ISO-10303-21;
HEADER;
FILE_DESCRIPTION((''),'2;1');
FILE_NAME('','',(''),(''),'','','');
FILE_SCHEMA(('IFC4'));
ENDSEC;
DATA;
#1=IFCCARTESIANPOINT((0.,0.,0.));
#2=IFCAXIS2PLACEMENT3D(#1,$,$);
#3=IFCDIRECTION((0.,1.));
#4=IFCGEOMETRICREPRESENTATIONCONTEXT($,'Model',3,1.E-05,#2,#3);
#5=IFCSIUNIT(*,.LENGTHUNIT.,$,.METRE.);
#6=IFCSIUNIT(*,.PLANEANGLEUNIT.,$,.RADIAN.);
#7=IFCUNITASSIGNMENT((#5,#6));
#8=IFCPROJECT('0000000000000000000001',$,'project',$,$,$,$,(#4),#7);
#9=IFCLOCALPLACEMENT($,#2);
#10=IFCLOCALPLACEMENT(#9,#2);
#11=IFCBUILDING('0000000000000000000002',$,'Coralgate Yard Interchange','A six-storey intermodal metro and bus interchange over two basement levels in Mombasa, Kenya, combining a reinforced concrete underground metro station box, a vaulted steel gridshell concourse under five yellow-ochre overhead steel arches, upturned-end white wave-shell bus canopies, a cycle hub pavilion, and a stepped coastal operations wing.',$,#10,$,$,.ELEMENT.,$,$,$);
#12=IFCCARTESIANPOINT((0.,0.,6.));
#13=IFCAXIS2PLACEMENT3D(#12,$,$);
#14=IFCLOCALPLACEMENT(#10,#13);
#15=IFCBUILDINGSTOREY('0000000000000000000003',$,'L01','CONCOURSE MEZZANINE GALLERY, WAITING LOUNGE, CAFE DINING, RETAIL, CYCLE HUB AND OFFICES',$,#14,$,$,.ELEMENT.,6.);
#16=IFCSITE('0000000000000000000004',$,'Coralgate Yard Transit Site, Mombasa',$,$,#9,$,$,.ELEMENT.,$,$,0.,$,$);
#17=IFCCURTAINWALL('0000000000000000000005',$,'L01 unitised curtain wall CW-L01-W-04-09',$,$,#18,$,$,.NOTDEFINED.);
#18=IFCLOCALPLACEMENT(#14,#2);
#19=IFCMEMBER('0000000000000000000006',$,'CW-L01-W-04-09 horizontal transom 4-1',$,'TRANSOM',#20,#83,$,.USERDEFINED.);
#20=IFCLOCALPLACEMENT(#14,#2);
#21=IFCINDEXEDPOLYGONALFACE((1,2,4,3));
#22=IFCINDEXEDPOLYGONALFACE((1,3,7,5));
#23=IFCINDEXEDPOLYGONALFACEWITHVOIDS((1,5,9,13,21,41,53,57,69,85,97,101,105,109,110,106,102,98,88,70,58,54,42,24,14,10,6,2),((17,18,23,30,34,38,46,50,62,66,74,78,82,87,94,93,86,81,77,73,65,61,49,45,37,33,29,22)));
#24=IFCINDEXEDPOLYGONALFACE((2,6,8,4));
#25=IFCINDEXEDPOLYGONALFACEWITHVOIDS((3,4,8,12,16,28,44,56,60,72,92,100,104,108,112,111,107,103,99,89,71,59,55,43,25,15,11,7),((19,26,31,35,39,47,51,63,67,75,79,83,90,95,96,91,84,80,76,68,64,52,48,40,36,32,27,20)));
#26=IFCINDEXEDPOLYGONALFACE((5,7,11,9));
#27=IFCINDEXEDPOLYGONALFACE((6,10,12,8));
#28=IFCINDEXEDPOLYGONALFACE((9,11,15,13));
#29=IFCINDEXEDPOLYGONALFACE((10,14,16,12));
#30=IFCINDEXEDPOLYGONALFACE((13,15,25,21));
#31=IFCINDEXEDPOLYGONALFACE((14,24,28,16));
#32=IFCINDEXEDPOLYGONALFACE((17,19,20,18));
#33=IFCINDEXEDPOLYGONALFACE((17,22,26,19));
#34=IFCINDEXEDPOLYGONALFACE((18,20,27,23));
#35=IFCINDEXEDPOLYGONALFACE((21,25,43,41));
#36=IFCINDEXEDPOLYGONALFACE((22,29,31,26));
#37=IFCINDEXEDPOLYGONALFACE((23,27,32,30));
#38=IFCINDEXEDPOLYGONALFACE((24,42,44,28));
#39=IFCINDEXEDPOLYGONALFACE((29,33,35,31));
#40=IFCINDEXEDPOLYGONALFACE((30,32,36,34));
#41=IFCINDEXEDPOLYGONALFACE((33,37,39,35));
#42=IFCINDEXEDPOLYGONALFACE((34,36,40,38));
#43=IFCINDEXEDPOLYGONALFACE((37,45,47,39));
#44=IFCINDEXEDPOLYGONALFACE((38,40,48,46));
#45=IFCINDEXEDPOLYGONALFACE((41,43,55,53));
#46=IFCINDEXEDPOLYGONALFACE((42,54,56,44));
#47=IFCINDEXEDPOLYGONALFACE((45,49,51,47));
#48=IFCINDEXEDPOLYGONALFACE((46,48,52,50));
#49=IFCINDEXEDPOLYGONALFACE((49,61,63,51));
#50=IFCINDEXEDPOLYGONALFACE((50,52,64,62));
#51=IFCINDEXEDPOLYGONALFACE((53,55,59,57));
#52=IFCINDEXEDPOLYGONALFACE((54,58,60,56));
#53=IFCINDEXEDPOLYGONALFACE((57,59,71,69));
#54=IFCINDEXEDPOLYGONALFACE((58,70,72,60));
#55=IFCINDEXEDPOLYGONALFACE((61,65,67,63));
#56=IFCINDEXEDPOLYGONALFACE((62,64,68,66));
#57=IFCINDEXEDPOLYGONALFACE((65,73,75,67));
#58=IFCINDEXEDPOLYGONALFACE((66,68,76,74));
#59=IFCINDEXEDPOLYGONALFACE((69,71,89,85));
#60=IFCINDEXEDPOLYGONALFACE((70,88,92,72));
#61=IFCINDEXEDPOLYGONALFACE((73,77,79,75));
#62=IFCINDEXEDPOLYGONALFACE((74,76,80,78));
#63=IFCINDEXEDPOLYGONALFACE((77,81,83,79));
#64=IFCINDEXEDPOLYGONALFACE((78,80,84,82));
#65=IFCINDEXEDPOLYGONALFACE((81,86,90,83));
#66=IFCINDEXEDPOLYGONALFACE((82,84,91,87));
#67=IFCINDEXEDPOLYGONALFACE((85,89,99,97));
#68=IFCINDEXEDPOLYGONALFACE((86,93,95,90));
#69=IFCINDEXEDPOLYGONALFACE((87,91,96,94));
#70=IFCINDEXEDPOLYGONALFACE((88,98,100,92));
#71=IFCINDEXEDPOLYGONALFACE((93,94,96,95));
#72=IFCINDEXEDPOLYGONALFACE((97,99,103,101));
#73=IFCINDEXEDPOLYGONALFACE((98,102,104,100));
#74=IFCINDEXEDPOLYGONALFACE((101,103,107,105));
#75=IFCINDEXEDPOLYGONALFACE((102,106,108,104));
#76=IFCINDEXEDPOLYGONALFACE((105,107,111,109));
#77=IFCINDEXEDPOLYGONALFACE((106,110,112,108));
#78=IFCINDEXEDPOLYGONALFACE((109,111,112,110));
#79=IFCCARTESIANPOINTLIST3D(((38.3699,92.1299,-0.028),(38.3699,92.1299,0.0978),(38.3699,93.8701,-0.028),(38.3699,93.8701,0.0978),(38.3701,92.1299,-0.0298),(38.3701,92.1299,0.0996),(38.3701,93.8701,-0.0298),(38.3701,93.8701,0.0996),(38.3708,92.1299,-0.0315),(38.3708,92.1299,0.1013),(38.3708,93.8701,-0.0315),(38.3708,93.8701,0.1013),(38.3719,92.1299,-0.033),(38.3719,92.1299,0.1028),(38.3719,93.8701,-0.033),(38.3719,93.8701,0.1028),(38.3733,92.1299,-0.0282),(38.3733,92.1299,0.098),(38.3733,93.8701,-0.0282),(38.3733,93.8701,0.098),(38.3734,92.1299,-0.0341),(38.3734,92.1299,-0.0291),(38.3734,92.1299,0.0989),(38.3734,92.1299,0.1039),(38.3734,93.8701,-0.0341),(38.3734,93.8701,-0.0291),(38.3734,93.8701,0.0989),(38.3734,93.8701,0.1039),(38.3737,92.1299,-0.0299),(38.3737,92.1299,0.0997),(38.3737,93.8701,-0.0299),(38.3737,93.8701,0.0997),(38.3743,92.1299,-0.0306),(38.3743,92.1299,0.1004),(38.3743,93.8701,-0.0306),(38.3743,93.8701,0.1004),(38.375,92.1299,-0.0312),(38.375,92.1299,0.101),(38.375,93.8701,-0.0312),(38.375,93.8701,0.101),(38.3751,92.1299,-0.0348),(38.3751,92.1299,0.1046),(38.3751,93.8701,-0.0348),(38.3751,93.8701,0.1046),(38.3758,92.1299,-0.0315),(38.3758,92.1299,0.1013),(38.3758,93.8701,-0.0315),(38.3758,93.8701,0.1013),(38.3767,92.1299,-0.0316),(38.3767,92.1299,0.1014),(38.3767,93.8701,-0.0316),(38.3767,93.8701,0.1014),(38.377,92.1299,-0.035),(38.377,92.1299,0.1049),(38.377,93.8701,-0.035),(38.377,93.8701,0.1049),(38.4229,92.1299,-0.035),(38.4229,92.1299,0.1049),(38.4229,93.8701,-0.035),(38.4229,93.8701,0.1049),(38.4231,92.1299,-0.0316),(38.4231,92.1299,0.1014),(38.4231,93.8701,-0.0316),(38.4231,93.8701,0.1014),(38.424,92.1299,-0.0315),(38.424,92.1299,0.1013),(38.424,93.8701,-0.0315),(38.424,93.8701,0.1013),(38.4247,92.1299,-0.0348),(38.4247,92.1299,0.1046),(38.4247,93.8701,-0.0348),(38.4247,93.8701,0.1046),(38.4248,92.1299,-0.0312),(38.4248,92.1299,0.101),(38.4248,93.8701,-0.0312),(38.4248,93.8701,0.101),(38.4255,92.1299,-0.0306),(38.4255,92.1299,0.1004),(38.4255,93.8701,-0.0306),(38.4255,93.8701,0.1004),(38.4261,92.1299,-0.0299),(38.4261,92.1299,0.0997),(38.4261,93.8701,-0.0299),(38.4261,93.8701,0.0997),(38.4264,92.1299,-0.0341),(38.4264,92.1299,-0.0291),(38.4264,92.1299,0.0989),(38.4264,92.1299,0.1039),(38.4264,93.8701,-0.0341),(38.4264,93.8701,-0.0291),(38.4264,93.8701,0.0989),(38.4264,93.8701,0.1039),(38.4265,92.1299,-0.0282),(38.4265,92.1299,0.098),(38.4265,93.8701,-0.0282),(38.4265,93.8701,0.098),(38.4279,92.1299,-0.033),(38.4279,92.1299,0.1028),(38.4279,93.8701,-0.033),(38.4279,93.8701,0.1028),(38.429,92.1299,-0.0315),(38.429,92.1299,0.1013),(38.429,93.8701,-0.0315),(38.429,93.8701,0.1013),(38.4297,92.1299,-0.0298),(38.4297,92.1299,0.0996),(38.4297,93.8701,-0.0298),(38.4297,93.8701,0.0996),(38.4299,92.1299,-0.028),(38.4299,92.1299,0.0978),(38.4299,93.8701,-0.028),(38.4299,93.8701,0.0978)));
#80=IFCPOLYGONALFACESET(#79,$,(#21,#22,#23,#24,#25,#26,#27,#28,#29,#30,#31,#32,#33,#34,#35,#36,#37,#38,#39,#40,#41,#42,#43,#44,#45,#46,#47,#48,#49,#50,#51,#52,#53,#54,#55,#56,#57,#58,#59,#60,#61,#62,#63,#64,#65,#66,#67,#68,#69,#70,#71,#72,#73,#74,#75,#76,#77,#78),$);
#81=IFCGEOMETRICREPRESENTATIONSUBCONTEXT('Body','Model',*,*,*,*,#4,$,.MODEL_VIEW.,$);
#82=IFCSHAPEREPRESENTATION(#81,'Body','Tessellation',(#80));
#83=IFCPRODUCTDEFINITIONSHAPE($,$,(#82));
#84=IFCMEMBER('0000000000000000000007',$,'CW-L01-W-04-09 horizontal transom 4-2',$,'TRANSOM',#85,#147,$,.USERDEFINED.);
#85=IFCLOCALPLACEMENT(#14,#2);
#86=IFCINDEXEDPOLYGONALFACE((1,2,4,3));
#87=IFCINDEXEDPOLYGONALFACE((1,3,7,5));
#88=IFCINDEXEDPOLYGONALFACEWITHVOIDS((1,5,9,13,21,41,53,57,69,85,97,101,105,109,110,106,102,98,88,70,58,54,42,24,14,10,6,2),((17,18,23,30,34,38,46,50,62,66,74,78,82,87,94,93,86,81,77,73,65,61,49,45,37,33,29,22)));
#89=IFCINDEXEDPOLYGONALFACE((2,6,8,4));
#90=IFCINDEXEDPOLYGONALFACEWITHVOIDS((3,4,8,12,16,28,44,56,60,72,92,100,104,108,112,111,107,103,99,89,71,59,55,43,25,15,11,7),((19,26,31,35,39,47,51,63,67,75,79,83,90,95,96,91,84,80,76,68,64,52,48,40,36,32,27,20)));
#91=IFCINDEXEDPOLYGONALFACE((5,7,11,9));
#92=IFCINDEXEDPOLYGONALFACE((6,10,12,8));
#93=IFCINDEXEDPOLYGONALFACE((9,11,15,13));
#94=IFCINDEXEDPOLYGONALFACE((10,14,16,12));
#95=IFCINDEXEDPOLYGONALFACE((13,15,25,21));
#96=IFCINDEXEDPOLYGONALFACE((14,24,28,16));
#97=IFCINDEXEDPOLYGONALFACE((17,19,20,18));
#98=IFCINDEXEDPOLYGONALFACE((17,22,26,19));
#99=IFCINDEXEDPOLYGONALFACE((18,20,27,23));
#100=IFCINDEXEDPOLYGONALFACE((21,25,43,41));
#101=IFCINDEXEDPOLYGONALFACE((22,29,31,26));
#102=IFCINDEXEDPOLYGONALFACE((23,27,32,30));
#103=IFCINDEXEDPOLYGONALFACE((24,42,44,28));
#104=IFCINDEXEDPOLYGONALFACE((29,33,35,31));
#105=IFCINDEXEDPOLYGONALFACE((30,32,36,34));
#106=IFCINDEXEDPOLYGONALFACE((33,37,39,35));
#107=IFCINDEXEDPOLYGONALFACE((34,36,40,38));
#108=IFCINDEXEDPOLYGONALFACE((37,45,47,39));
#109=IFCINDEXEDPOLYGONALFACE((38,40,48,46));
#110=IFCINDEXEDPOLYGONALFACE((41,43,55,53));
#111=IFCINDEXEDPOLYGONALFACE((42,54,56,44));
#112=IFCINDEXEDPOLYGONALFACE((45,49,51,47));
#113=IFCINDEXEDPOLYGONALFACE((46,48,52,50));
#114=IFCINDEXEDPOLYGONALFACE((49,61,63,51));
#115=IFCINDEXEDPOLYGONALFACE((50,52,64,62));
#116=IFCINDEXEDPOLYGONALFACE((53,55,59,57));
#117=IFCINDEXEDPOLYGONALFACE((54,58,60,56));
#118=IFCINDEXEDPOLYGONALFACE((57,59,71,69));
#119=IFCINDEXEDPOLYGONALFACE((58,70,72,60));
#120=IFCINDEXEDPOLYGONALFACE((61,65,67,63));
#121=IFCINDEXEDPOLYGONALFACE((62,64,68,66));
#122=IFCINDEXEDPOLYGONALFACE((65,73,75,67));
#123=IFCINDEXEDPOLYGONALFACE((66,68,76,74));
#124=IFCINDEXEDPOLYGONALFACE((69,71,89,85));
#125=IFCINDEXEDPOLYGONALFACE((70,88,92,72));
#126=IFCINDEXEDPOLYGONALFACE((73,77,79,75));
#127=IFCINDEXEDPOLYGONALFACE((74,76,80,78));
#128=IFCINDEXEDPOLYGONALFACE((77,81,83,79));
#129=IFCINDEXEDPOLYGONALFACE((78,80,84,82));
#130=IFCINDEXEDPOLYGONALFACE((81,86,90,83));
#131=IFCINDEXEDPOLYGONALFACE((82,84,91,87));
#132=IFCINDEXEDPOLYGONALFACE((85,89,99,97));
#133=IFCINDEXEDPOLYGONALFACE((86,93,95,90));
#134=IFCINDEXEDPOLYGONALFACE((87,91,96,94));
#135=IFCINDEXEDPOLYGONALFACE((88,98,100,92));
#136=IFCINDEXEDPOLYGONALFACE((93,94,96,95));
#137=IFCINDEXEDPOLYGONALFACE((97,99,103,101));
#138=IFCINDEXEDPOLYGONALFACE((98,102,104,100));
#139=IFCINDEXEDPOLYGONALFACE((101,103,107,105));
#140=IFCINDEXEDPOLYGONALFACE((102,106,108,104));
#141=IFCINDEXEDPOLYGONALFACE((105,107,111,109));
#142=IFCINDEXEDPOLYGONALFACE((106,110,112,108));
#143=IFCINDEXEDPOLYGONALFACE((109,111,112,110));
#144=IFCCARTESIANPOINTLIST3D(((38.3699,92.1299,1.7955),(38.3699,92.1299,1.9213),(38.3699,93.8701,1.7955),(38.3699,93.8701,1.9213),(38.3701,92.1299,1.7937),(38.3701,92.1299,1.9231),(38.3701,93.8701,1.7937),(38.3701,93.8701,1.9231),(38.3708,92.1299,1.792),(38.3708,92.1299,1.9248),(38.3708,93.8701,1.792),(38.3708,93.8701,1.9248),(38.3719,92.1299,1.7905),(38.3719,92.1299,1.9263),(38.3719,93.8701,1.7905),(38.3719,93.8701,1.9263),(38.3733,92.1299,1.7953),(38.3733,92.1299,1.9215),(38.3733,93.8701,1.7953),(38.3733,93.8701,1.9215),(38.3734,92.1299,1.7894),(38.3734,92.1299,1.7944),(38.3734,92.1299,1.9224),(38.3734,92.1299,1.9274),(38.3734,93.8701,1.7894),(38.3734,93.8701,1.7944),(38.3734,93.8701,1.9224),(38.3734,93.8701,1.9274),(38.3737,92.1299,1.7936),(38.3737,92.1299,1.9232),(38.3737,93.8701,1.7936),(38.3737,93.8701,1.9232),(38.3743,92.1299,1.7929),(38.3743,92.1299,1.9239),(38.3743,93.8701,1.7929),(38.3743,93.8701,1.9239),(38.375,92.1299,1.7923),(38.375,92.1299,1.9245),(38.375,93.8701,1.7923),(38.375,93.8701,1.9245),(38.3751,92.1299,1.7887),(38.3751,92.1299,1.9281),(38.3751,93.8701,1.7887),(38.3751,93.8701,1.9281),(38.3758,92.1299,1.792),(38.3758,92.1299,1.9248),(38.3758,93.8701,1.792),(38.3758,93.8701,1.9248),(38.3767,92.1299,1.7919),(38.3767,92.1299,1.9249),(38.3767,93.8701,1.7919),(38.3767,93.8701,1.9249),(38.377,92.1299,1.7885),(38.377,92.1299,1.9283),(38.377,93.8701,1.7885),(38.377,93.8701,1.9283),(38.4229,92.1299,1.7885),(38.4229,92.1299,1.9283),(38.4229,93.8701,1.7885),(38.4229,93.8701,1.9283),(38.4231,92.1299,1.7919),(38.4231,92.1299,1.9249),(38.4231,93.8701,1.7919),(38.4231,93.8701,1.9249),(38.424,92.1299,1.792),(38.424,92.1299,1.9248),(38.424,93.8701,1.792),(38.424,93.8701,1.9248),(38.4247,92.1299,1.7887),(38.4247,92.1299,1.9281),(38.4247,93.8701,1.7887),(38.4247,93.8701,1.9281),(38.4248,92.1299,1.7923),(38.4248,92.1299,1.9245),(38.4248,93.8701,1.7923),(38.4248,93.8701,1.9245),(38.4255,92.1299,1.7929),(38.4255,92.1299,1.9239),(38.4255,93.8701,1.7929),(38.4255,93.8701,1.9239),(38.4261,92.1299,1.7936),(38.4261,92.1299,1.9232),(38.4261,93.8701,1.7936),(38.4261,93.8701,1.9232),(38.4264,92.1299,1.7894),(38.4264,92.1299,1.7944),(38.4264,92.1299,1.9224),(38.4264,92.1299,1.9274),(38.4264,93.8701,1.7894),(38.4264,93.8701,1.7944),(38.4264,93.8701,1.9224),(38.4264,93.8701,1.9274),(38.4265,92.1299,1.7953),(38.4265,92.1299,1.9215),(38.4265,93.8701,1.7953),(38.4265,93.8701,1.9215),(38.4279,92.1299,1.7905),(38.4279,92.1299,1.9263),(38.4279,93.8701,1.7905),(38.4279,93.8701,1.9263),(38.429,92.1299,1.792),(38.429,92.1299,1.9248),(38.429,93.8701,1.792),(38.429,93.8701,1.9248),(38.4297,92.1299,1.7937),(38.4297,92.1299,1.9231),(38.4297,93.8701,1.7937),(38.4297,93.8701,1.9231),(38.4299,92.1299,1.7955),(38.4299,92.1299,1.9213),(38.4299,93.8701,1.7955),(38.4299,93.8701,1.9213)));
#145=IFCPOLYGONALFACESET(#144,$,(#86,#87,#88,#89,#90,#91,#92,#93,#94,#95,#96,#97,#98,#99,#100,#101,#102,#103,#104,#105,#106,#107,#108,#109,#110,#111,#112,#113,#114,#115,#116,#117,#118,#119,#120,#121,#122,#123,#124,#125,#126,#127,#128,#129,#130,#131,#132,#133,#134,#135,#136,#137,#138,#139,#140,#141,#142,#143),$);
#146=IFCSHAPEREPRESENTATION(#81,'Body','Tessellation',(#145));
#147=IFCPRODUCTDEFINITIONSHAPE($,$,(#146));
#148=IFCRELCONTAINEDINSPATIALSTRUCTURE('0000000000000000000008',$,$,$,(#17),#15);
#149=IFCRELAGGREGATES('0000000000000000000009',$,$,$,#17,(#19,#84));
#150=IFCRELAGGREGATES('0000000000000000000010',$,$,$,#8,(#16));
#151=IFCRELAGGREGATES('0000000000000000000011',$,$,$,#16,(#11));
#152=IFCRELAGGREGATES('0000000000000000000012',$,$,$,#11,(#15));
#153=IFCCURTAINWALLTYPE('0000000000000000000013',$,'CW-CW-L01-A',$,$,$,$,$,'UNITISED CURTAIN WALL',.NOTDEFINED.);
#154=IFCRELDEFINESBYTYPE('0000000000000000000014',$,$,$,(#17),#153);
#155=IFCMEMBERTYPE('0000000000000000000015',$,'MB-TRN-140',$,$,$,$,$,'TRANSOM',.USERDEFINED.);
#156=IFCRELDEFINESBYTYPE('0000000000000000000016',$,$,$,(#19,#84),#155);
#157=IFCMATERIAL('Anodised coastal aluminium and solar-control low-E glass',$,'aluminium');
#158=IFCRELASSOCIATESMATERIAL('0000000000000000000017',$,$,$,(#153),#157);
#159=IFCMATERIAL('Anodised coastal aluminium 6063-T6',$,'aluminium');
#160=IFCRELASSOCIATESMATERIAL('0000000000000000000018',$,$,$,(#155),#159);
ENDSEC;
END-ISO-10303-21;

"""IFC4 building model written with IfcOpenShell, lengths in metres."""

from ifc_helpers import new_model, si_unit, direction, frame, origin, origin_2d, place, context, subcontext, project, spatial, hollow_rectangle, extrude, material, material_profile, profile_set, type_object, element, aggregate, save


model = new_model("IFC4")

# Units and contexts
model_context = context("Model", 3, precision=1e-05, world=origin(), true_north=direction((0.0, 1.0)))
body_context = subcontext(model_context, "Body", "Model", "MODEL_VIEW")
ifc_project = project(units=[si_unit("LENGTHUNIT", "METRE"), si_unit("PLANEANGLEUNIT", "RADIAN")], contexts=[model_context])

# Site, building, storey
site_placement = place(None, origin())
site = spatial("IfcSite", under=ifc_project, at=site_placement, Name="Coralgate Yard Transit Site, Mombasa", CompositionType="ELEMENT", RefElevation=0.0)
building_placement = place(site_placement, origin())
building = spatial("IfcBuilding", under=site, at=building_placement, Name="Coralgate Yard Interchange", Description="A six-storey intermodal metro and bus interchange over two basement levels in Mombasa, Kenya, combining a reinforced concrete underground metro station box, a vaulted steel gridshell concourse under five yellow-ochre overhead steel arches, upturned-end white wave-shell bus canopies, a cycle hub pavilion, and a stepped coastal operations wing.", CompositionType="ELEMENT")
storey_placement = place(building_placement, frame((0.0, 0.0, 6.0)))
storey = spatial("IfcBuildingStorey", under=building, at=storey_placement, Name="L01", Description="CONCOURSE MEZZANINE GALLERY, WAITING LOUNGE, CAFE DINING, RETAIL, CYCLE HUB AND OFFICES", CompositionType="ELEMENT", Elevation=6.0)

# Curtain wall, members
ifc_material_1 = material(Name="Anodised coastal aluminium and solar-control low-E glass", Category="aluminium")
curtain_wall_type = type_object("IfcCurtainWallType", Name="CW-CW-L01-A", ElementType="UNITISED CURTAIN WALL", PredefinedType="NOTDEFINED", material=ifc_material_1)
curtain_wall_placement = place(storey_placement, origin())
curtain_wall = element("IfcCurtainWall", 1, at=curtain_wall_placement, inside=storey, type_object=curtain_wall_type, Name="L01 unitised curtain wall CW-L01-W-04-09", PredefinedType="NOTDEFINED")
ifc_material_2 = material(Name="Anodised coastal aluminium 6063-T6", Category="aluminium")
ifc_material_profile_1 = material_profile(ifc_material_2, hollow_rectangle(XDim=0.0601, YDim=0.1399, WallThickness=0.0034, InnerFilletRadius=0.0034, OuterFilletRadius=0.0071, at=origin_2d()), Name="ALU 60x140x3.5")
ifc_profile_set_1 = profile_set([ifc_material_profile_1], Name="Anodised coastal aluminium 6063-T6")
member_type_1 = type_object("IfcMemberType", Name="MB-TRN-140", ElementType="TRANSOM", PredefinedType="USERDEFINED", material=ifc_profile_set_1)
member_1_placement = place(storey_placement, frame((38.3999, 92.1299, 0.0349), z_axis=(0.0, 1.0, 0.0), x_axis=(-1.0, 0.0, 0.0)))
member_1 = element("IfcMember", 2, at=member_1_placement, type_object=member_type_1, Name="CW-L01-W-04-09 horizontal transom 4-1", ObjectType="TRANSOM", PredefinedType="USERDEFINED", context=body_context, shape_type="SweptSolid", body=[
    extrude(hollow_rectangle(XDim=0.0601, YDim=0.1399, WallThickness=0.0034, InnerFilletRadius=0.0034, OuterFilletRadius=0.0071, at=origin_2d()), origin(), (0.0, 0.0, 1.0), 1.7402),
])
member_2_placement = place(storey_placement, frame((38.3999, 92.1299, 1.8584), z_axis=(0.0, 1.0, 0.0), x_axis=(-1.0, 0.0, 0.0)))
member_2 = element("IfcMember", 3, at=member_2_placement, type_object=member_type_1, Name="CW-L01-W-04-09 horizontal transom 4-2", ObjectType="TRANSOM", PredefinedType="USERDEFINED", context=body_context, shape_type="SweptSolid", body=[
    extrude(hollow_rectangle(XDim=0.0601, YDim=0.1399, WallThickness=0.0034, InnerFilletRadius=0.0034, OuterFilletRadius=0.0071, at=origin_2d()), origin(), (0.0, 0.0, 1.0), 1.7402),
])
aggregate(curtain_wall, [member_1, member_2])

save(model, "model.ifc")
